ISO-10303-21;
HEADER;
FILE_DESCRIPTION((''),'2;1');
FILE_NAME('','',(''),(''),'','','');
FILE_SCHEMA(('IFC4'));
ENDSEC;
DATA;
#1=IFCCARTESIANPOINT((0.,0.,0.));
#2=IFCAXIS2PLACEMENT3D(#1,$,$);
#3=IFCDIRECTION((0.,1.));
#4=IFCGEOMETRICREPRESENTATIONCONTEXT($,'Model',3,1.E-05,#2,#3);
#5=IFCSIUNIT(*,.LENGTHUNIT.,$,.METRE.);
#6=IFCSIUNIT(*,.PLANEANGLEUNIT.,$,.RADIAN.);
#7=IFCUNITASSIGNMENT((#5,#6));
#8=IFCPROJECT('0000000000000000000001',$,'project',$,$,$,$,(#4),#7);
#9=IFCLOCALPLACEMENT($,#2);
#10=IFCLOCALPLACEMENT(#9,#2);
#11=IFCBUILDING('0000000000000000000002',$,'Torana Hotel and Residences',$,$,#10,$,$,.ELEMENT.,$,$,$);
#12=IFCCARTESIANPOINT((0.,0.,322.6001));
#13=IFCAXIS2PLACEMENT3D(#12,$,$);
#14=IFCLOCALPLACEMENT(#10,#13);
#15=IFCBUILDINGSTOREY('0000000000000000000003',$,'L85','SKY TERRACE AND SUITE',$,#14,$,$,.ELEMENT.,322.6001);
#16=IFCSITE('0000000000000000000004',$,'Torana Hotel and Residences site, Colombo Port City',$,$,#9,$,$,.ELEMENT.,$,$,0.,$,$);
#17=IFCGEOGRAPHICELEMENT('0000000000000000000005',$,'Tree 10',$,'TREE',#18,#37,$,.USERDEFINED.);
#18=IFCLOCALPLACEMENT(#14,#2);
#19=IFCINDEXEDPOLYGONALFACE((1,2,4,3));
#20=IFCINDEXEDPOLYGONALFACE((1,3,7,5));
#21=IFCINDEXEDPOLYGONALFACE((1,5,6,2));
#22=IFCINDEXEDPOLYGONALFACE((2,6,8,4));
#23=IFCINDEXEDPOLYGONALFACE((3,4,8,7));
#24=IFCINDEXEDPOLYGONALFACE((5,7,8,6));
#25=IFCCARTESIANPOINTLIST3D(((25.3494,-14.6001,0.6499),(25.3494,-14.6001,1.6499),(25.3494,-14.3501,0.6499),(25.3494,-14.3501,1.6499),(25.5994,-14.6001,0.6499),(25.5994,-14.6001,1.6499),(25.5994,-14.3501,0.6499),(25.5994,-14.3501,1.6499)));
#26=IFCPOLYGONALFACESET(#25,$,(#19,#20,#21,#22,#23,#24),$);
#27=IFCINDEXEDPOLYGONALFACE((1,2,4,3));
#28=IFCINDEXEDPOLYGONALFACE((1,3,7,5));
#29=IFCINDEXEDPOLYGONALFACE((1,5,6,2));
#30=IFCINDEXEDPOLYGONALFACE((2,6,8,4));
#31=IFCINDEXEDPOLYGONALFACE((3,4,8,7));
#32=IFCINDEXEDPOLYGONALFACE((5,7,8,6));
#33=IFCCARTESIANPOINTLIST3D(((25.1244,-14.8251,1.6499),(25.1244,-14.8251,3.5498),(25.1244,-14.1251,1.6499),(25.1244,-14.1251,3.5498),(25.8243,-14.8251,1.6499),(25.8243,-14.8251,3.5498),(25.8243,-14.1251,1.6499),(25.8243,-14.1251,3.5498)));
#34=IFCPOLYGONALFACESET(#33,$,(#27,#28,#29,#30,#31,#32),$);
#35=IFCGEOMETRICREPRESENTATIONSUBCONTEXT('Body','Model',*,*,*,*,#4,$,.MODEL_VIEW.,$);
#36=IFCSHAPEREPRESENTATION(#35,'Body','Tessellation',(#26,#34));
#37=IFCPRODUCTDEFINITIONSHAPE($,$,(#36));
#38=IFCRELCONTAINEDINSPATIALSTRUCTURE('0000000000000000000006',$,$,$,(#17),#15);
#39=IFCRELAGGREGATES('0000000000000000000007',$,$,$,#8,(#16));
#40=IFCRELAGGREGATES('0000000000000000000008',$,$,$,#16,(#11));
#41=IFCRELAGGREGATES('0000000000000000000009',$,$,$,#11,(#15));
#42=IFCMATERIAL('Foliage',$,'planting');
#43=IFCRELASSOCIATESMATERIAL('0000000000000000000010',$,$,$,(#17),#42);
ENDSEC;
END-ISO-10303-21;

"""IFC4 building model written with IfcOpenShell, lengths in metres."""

from ifc_helpers import new_model, si_unit, direction, frame, origin, origin_2d, place, context, subcontext, project, spatial, rectangle, extrude, material, element, save


model = new_model("IFC4")

# Units and contexts
model_context = context("Model", 3, precision=1e-05, world=origin(), true_north=direction((0.0, 1.0)))
body_context = subcontext(model_context, "Body", "Model", "MODEL_VIEW")
ifc_project = project(units=[si_unit("LENGTHUNIT", "METRE"), si_unit("PLANEANGLEUNIT", "RADIAN")], contexts=[model_context])

# Site, building, storey
site_placement = place(None, origin())
site = spatial("IfcSite", under=ifc_project, at=site_placement, Name="Torana Hotel and Residences site, Colombo Port City", CompositionType="ELEMENT", RefElevation=0.0)
building_placement = place(site_placement, origin())
building = spatial("IfcBuilding", under=site, at=building_placement, Name="Torana Hotel and Residences", CompositionType="ELEMENT")
storey_placement = place(building_placement, frame((0.0, 0.0, 322.6001)))
storey = spatial("IfcBuildingStorey", under=building, at=storey_placement, Name="L85", Description="SKY TERRACE AND SUITE", CompositionType="ELEMENT", Elevation=322.6001)

# Geographic element
ifc_material_1 = material(Name="Foliage", Category="planting")
geographic_element_placement = place(storey_placement, frame((25.4744, -14.4751, 0.6499), z_axis=(0.0, 0.0, 1.0), x_axis=(1.0, 0.0, 0.0)))
element("IfcGeographicElement", 1, at=geographic_element_placement, inside=storey, material=ifc_material_1, Name="Tree 10", ObjectType="TREE", PredefinedType="USERDEFINED", context=body_context, shape_type="SweptSolid", body=[
    extrude(rectangle(XDim=0.25, YDim=0.25, at=origin_2d()), origin(), (0.0, 0.0, 1.0), 1.0),
    extrude(rectangle(XDim=0.7, YDim=0.7, at=origin_2d()), frame((0.0, 0.0, 1.0)), (0.0, 0.0, 1.0), 1.8999),
])

save(model, "model.ifc")
